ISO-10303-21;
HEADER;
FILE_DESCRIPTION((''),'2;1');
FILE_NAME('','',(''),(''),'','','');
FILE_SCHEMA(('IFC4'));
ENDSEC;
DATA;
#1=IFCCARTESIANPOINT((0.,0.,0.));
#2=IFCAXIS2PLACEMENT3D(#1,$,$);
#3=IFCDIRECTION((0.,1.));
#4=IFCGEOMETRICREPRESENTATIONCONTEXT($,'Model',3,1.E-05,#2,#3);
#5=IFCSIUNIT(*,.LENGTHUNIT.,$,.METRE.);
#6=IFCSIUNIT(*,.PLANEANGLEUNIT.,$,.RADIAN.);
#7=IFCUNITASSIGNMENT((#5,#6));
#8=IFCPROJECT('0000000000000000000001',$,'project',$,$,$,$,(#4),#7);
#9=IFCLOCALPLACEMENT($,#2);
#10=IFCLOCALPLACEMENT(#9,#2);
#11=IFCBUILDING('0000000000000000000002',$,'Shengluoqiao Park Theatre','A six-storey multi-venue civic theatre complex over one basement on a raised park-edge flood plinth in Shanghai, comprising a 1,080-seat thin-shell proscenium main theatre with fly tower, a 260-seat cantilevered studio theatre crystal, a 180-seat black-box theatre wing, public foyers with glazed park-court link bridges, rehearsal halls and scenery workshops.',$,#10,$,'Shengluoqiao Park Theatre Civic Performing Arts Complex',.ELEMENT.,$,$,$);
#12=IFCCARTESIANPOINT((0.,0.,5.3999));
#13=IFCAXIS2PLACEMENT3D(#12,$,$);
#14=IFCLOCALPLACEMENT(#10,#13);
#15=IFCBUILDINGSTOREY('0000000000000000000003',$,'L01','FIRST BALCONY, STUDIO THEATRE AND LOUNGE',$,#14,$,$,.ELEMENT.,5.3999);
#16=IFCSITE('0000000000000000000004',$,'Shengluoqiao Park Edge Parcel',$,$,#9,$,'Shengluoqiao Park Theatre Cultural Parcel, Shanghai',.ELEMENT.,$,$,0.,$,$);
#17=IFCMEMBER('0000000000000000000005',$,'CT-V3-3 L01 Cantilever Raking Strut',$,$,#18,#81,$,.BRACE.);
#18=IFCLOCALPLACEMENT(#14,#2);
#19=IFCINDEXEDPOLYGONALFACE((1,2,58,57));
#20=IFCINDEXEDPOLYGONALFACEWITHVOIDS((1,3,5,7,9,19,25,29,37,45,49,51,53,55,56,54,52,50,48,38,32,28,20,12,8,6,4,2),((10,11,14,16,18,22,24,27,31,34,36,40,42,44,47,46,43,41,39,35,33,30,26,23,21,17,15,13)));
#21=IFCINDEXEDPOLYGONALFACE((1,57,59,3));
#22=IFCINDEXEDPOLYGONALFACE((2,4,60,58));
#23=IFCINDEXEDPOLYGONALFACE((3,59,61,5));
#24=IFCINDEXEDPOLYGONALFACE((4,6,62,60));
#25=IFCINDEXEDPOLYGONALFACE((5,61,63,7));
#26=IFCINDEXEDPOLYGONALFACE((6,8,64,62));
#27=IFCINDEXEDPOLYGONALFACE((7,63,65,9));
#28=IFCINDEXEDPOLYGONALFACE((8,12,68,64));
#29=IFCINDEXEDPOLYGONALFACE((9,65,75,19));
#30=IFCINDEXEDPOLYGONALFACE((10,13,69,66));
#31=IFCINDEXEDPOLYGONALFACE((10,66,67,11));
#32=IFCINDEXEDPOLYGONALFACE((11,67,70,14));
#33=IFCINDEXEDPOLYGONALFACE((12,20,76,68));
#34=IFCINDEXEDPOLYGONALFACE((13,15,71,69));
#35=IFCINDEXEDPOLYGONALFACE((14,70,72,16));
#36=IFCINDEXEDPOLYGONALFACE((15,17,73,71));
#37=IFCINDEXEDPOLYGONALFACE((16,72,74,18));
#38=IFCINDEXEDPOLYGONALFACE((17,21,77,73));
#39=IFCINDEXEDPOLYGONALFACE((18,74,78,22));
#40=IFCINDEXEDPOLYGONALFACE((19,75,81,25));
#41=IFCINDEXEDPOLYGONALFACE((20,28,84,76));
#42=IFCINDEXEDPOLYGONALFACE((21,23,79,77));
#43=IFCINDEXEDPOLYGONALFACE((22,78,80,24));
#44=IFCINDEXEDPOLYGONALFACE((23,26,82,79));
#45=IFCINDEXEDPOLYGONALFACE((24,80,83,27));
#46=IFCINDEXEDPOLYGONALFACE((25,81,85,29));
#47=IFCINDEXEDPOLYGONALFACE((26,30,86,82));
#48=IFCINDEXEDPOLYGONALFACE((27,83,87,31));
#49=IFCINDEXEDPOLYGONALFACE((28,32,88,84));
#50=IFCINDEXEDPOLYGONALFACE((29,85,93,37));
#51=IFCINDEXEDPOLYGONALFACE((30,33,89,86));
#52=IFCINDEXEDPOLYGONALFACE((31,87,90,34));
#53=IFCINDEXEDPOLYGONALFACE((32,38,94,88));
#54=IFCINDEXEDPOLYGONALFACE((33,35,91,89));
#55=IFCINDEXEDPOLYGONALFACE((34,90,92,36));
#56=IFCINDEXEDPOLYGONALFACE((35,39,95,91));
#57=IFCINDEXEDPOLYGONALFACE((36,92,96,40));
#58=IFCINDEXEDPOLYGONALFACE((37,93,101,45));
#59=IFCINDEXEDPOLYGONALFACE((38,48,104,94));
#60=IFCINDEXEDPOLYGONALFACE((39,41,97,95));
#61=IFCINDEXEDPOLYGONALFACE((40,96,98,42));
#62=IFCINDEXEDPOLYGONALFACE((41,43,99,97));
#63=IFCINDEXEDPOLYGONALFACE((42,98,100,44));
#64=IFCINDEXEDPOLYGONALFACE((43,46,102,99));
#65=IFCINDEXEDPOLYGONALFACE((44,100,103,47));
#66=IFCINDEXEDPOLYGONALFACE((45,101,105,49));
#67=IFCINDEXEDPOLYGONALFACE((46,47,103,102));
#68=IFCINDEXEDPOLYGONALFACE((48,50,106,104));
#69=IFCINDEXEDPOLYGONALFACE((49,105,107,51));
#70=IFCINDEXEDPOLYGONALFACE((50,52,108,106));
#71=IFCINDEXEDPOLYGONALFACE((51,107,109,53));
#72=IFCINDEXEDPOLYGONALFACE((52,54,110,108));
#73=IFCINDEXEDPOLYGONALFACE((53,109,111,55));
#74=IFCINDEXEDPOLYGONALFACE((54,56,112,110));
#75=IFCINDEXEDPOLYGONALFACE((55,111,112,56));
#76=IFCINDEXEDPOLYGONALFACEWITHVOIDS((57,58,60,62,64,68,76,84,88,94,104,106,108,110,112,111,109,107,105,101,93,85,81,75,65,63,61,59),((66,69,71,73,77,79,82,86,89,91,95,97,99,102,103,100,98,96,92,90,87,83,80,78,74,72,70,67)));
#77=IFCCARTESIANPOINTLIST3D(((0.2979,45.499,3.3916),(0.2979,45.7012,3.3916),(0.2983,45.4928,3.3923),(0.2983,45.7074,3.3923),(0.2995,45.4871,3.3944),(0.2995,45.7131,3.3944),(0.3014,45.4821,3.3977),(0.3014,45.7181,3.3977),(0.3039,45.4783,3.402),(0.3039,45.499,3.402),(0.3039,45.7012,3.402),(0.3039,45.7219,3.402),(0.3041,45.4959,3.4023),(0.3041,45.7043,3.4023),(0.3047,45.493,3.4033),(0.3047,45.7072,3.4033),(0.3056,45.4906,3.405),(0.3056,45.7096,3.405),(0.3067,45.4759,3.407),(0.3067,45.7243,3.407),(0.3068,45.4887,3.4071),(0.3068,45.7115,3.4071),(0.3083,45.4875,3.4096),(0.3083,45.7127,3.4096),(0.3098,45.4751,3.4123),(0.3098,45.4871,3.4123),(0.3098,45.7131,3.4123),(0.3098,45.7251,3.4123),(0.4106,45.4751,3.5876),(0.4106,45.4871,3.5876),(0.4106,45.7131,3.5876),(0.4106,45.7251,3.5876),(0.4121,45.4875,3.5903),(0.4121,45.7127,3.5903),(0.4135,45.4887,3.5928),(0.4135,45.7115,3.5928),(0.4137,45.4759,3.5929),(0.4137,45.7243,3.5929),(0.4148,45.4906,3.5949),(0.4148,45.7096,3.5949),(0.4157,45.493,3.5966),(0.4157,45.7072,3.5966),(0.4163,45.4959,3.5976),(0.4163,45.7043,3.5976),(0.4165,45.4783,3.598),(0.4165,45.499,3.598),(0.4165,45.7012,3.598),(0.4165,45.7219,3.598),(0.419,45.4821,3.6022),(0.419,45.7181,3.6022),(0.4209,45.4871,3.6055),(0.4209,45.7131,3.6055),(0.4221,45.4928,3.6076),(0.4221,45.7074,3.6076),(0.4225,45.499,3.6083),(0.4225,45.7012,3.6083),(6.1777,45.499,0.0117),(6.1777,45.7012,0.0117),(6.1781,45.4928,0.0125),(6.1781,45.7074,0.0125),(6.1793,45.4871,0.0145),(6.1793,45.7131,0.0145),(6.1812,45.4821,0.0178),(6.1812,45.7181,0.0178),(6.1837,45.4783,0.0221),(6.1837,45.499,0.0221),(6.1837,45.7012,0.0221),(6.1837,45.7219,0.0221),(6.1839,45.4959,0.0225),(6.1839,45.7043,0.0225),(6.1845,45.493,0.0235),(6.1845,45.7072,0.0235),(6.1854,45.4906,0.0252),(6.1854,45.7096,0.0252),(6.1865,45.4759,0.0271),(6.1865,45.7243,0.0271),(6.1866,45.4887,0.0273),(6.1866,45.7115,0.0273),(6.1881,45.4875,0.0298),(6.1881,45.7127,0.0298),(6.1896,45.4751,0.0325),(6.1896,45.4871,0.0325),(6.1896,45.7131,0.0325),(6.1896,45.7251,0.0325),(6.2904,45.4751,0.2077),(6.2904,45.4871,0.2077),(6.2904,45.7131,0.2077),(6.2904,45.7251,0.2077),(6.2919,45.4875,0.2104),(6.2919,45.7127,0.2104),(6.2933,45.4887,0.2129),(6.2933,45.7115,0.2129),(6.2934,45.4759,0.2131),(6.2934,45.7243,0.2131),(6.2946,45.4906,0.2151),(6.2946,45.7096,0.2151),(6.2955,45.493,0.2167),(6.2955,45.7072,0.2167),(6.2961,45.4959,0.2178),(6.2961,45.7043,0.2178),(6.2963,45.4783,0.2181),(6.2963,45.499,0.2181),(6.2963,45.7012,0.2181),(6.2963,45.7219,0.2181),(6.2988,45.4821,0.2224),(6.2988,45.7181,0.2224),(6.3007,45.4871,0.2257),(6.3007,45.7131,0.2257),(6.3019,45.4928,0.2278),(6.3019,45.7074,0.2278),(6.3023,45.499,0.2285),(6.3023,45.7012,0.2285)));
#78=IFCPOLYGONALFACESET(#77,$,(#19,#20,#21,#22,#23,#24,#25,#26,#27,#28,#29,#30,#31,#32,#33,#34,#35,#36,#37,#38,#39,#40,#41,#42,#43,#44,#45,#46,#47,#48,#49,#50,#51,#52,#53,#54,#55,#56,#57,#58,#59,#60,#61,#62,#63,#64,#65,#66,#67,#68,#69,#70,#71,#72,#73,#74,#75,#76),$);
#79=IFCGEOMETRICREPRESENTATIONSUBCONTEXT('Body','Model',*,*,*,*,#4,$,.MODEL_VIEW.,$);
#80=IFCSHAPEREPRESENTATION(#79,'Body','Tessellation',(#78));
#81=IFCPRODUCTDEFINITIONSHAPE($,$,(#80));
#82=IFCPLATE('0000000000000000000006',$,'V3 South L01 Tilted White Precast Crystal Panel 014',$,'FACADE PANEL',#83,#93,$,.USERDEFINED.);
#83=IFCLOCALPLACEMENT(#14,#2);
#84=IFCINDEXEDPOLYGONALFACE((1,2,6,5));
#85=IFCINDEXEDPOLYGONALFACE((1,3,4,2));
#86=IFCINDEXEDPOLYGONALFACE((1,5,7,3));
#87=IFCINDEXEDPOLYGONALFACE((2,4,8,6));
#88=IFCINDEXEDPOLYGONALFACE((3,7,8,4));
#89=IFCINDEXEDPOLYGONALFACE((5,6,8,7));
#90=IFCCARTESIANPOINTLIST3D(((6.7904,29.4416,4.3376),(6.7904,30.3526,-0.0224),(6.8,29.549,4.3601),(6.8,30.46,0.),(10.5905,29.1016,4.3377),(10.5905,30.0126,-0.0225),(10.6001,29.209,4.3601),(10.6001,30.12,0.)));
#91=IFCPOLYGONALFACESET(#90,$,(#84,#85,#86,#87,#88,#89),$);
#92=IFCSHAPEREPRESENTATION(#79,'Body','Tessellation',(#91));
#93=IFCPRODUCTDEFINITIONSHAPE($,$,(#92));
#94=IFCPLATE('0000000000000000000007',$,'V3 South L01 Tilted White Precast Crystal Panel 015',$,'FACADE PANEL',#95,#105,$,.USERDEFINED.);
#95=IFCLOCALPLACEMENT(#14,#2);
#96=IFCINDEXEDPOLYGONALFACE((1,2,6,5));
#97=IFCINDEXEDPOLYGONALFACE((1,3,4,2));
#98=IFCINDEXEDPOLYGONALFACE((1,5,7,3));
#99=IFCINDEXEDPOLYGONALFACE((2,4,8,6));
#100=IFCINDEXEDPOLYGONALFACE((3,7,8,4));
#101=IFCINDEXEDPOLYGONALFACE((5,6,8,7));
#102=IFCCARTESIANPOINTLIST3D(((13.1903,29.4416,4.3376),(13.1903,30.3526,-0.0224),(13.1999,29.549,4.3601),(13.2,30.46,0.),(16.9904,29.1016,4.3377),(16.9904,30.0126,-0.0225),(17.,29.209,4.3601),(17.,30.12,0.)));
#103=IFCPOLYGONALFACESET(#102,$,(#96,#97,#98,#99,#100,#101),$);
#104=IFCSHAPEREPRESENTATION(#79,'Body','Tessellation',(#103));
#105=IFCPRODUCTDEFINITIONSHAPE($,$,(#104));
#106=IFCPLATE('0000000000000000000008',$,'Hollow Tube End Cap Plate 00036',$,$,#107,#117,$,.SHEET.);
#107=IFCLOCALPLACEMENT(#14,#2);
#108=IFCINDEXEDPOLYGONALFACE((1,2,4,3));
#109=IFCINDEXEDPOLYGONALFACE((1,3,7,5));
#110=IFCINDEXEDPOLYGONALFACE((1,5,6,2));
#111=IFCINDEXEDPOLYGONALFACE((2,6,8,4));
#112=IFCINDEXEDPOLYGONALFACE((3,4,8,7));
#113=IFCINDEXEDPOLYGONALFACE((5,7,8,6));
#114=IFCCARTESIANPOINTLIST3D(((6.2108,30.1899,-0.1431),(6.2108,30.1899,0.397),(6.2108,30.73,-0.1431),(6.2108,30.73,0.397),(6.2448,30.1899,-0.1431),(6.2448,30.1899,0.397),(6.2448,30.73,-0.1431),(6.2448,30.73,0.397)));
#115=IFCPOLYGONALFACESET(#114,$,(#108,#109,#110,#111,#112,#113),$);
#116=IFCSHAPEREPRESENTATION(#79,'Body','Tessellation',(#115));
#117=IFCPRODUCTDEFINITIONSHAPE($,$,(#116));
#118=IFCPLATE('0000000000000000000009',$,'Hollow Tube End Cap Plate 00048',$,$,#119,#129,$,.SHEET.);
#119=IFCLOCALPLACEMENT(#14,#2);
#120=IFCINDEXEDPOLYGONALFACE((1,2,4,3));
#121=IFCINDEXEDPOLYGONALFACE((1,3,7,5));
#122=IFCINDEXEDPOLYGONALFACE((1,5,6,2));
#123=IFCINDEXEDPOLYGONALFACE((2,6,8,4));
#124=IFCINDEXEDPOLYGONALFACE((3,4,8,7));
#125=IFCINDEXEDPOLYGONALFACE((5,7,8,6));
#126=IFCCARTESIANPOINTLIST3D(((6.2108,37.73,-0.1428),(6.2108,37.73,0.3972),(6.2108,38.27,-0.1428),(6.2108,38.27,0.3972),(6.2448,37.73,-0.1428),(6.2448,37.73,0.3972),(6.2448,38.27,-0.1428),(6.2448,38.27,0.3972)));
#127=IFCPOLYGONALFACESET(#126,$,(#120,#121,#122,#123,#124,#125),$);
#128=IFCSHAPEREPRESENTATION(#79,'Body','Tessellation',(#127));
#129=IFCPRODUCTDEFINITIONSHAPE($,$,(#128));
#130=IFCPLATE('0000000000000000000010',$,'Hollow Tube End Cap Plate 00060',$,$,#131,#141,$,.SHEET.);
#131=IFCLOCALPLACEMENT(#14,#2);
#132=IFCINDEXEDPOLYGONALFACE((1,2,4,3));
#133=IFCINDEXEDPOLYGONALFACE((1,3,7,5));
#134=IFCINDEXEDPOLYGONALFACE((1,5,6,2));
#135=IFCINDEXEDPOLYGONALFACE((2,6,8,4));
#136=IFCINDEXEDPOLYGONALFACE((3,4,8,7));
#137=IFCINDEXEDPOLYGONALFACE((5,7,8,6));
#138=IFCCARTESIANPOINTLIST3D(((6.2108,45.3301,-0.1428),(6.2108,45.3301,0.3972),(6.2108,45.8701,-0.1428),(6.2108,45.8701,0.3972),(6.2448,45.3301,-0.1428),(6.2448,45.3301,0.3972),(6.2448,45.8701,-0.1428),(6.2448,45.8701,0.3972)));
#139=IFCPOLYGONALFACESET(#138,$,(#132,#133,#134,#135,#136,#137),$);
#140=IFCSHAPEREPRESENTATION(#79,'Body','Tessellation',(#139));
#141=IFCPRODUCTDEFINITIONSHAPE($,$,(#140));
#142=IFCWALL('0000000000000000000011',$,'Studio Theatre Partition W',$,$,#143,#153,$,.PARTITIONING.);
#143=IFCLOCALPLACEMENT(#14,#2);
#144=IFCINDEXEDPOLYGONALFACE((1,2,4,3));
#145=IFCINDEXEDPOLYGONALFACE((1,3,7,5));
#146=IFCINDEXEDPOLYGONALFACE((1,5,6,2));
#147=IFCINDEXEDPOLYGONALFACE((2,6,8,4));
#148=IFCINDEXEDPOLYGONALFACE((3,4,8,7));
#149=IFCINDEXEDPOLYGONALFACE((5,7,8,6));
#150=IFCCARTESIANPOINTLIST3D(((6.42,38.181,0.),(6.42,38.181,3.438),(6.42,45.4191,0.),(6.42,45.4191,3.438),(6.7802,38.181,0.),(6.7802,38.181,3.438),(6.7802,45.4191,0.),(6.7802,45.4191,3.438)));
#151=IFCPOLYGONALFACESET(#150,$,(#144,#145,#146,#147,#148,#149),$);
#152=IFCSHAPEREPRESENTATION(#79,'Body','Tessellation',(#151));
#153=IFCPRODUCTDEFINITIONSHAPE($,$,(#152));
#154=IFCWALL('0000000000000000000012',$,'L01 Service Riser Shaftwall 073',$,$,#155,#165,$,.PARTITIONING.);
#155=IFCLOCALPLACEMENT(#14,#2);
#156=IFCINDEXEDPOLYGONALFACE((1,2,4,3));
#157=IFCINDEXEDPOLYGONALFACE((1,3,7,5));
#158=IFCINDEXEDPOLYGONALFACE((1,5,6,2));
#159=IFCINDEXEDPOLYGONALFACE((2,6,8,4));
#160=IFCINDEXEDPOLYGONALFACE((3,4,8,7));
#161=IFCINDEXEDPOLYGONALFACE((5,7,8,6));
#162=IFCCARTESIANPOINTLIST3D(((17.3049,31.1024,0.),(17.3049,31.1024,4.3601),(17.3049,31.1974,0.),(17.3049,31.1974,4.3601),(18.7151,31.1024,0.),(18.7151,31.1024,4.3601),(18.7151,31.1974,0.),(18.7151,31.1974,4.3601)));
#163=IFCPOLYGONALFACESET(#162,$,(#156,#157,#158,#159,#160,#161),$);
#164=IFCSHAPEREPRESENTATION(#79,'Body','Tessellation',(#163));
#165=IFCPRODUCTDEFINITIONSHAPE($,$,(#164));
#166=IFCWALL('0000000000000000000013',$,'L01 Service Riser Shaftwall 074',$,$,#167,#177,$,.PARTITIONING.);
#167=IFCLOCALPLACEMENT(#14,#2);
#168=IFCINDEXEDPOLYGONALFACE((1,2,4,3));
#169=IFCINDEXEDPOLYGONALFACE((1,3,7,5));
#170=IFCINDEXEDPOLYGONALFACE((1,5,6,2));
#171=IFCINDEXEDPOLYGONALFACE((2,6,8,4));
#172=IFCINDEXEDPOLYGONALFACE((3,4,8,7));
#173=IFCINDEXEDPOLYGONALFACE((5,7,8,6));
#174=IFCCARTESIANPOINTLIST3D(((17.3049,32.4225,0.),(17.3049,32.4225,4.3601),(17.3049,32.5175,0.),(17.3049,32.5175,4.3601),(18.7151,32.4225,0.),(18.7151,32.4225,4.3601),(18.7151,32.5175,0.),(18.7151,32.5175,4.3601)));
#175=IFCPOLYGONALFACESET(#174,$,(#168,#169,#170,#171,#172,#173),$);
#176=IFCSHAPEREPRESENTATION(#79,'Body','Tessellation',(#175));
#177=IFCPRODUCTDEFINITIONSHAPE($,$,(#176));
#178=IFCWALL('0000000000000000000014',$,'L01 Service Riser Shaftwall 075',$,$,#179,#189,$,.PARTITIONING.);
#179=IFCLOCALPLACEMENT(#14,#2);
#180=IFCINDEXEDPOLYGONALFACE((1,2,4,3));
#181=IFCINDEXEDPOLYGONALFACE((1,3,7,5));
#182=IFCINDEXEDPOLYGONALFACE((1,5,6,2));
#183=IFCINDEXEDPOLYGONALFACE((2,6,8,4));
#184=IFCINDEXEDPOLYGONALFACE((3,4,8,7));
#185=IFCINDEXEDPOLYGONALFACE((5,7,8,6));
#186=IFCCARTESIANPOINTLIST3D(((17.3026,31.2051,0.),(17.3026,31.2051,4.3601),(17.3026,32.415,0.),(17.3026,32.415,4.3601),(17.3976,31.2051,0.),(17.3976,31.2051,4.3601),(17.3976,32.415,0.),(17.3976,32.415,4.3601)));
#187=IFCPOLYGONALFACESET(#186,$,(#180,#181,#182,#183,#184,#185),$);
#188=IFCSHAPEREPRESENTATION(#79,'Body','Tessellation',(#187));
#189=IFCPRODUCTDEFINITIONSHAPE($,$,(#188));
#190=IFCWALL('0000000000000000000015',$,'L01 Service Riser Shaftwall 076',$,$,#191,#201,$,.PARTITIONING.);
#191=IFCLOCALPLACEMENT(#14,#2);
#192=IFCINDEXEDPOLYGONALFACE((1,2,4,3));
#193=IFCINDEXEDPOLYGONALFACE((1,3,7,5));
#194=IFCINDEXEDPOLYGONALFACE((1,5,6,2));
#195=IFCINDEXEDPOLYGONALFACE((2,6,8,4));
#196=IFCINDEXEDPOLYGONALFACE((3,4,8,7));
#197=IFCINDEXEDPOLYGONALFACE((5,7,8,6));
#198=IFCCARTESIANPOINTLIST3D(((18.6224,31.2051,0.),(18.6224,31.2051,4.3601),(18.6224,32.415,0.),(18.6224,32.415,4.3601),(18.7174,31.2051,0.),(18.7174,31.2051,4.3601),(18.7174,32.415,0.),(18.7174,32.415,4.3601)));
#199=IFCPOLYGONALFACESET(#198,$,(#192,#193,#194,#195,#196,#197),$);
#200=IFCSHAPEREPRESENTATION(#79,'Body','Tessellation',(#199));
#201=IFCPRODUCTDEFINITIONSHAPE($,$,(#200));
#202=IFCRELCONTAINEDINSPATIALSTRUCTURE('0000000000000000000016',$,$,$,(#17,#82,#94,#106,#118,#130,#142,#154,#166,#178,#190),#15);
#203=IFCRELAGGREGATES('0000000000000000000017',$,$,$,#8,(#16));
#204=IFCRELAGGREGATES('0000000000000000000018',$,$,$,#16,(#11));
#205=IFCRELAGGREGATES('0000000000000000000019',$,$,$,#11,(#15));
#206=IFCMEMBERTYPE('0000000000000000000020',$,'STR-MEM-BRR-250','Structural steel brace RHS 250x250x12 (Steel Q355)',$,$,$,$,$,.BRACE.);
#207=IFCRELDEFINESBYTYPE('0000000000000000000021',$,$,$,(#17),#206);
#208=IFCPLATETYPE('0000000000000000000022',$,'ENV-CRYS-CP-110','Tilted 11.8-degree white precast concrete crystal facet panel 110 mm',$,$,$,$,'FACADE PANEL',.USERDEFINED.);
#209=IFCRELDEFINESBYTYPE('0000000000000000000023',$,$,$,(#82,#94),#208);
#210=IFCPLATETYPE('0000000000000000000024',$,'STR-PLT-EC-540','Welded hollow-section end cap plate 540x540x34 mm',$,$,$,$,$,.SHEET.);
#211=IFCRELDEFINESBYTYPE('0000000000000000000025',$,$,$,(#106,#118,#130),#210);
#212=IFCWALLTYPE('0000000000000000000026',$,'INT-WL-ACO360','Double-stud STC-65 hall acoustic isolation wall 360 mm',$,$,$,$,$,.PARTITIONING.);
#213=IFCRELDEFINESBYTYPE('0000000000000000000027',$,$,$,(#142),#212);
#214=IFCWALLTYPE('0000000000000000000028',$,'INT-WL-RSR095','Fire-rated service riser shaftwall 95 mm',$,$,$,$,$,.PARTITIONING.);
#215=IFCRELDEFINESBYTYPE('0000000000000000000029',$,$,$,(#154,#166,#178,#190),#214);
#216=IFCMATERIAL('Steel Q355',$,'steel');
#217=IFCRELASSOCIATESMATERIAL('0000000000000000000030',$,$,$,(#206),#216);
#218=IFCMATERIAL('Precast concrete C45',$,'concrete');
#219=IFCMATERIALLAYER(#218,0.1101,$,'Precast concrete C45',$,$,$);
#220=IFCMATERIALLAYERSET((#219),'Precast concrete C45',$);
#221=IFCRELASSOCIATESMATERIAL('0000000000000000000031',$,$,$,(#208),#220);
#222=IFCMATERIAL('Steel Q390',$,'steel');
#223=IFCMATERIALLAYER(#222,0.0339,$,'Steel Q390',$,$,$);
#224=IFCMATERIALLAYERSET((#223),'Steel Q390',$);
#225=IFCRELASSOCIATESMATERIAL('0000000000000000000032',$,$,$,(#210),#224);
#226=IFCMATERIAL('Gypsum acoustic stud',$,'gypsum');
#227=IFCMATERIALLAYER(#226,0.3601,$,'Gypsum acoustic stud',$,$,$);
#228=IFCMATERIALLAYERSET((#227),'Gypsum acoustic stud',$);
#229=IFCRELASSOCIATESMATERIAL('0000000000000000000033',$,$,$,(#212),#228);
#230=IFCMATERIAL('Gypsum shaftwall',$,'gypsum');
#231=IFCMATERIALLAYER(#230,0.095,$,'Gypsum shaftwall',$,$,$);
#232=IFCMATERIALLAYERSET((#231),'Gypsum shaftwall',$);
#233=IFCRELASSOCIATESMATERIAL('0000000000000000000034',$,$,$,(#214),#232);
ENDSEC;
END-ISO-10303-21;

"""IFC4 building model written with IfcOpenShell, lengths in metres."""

from ifc_helpers import new_model, si_unit, direction, frame, frame_2d, origin, origin_2d, place, context, subcontext, project, spatial, polyline, rectangle, hollow_rectangle, outline, extrude, material, layer, layer_set, material_profile, profile_set, type_object, element, save


model = new_model("IFC4")

# Units and contexts
model_context = context("Model", 3, precision=1e-05, world=origin(), true_north=direction((0.0, 1.0)))
body_context = subcontext(model_context, "Body", "Model", "MODEL_VIEW")
ifc_project = project(units=[si_unit("LENGTHUNIT", "METRE"), si_unit("PLANEANGLEUNIT", "RADIAN")], contexts=[model_context])

# Site, building, storey
site_placement = place(None, origin())
site = spatial("IfcSite", under=ifc_project, at=site_placement, Name="Shengluoqiao Park Edge Parcel", LongName="Shengluoqiao Park Theatre Cultural Parcel, Shanghai", CompositionType="ELEMENT", RefElevation=0.0)
building_placement = place(site_placement, origin())
building = spatial("IfcBuilding", under=site, at=building_placement, Name="Shengluoqiao Park Theatre", Description="A six-storey multi-venue civic theatre complex over one basement on a raised park-edge flood plinth in Shanghai, comprising a 1,080-seat thin-shell proscenium main theatre with fly tower, a 260-seat cantilevered studio theatre crystal, a 180-seat black-box theatre wing, public foyers with glazed park-court link bridges, rehearsal halls and scenery workshops.", LongName="Shengluoqiao Park Theatre Civic Performing Arts Complex", CompositionType="ELEMENT")
storey_placement = place(building_placement, frame((0.0, 0.0, 5.3999)))
storey = spatial("IfcBuildingStorey", under=building, at=storey_placement, Name="L01", Description="FIRST BALCONY, STUDIO THEATRE AND LOUNGE", CompositionType="ELEMENT", Elevation=5.3999)

# Shared definitions
ifc_material_1 = material(Name="Steel Q355", Category="steel")

# Shared definitions
ifc_material_2 = material(Name="Steel Q390", Category="steel")

# Member
ifc_material_profile_1 = material_profile(ifc_material_1, hollow_rectangle(XDim=0.25, YDim=0.25, WallThickness=0.012, InnerFilletRadius=0.012, OuterFilletRadius=0.0239, at=origin_2d()), Name="RHS 250x250x12")
ifc_profile_set_1 = profile_set([ifc_material_profile_1], Name="Steel Q355")
member_type = type_object("IfcMemberType", Name="STR-MEM-BRR-250", Description="Structural steel brace RHS 250x250x12 (Steel Q355)", PredefinedType="BRACE", material=ifc_profile_set_1)
for number, where, z_axis, x_axis, name in (
    (1, (6.24, 45.6001, 0.1201), (-0.866973, 0.0, 0.498355), (0.0, -1.0, 0.0), "CT-V3-3 L01 Cantilever Raking Strut"),
):
    element("IfcMember", number, at=place(storey_placement, frame(where, z_axis=z_axis, x_axis=x_axis)), inside=storey, type_object=member_type, Name=name, PredefinedType="BRACE", context=body_context, shape_type="SweptSolid", body=[
        extrude(hollow_rectangle(XDim=0.25, YDim=0.25, WallThickness=0.012, InnerFilletRadius=0.012, OuterFilletRadius=0.0239, at=origin_2d()), origin(), (0.0, 0.0, 1.0), 6.782),
    ])

# Plates
ifc_material_3 = material(Name="Precast concrete C45", Category="concrete")
ifc_layer_1 = layer(ifc_material_3, 0.1101, Name="Precast concrete C45")
ifc_layer_set_1 = layer_set([ifc_layer_1], Name="Precast concrete C45")
plate_type_1 = type_object("IfcPlateType", Name="ENV-CRYS-CP-110", Description="Tilted 11.8-degree white precast concrete crystal facet panel 110 mm", ElementType="FACADE PANEL", PredefinedType="USERDEFINED", material=ifc_layer_set_1)
for number, where, z_axis, x_axis, name in (
    (2, (6.8, 30.46, 0.0), (0.087239, 0.975129, 0.203746), (0.996022, -0.089106, -0.000006), "V3 South L01 Tilted White Precast Crystal Panel 014"),
    (3, (13.2, 30.46, 0.0), (0.087239, 0.975129, 0.203746), (0.996022, -0.089106, -0.000006), "V3 South L01 Tilted White Precast Crystal Panel 015"),
):
    element("IfcPlate", number, at=place(storey_placement, frame(where, z_axis=z_axis, x_axis=x_axis)), inside=storey, type_object=plate_type_1, Name=name, ObjectType="FACADE PANEL", PredefinedType="USERDEFINED", context=body_context, shape_type="SweptSolid", body=[
        extrude(outline(polyline([(0.0, 0.0), (3.8152, 0.0), (3.8964, -4.4536), (0.0811, -4.4535), (0.0, 0.0)])), origin(), (0.0, 0.0, -1.0), 0.1101),
    ])
ifc_layer_2 = layer(ifc_material_2, 0.0339, Name="Steel Q390")
ifc_layer_set_2 = layer_set([ifc_layer_2], Name="Steel Q390")
plate_type_2 = type_object("IfcPlateType", Name="STR-PLT-EC-540", Description="Welded hollow-section end cap plate 540x540x34 mm", PredefinedType="SHEET", material=ifc_layer_set_2)
for number, where, z_axis, x_axis, name in (
    (4, (6.2278, 30.46, -0.1431), (0.0, 0.0, 1.0), (-1.0, 0.0, 0.0), "Hollow Tube End Cap Plate 00036"),
    (5, (6.2278, 38.0, -0.1428), (0.0, 0.0, 1.0), (-1.0, 0.0, 0.0), "Hollow Tube End Cap Plate 00048"),
    (6, (6.2278, 45.6001, -0.1428), (0.0, 0.0, 1.0), (-1.0, 0.0, 0.0), "Hollow Tube End Cap Plate 00060"),
):
    element("IfcPlate", number, at=place(storey_placement, frame(where, z_axis=z_axis, x_axis=x_axis)), inside=storey, type_object=plate_type_2, Name=name, PredefinedType="SHEET", context=body_context, shape_type="SweptSolid", body=[
        extrude(rectangle(XDim=0.0339, YDim=0.54, at=origin_2d()), origin(), (0.0, 0.0, 1.0), 0.54),
    ])

# Shared definitions
ifc_material_4 = material(Name="Gypsum acoustic stud", Category="gypsum")
ifc_layer_3 = layer(ifc_material_4, 0.3601, Name="Gypsum acoustic stud")
ifc_layer_set_3 = layer_set([ifc_layer_3], Name="Gypsum acoustic stud")
wall_type_1 = type_object("IfcWallType", Name="INT-WL-ACO360", Description="Double-stud STC-65 hall acoustic isolation wall 360 mm", PredefinedType="PARTITIONING", material=ifc_layer_set_3)

# Walls
wall_1_placement = place(storey_placement, frame((6.6001, 38.1809, 0.0), z_axis=(0.0, 0.0, 1.0), x_axis=(0.0, 1.0, 0.0)))
element("IfcWall", 7, at=wall_1_placement, inside=storey, type_object=wall_type_1, Name="Studio Theatre Partition W", PredefinedType="PARTITIONING", context=body_context, shape_type="SweptSolid", body=[
    extrude(rectangle(XDim=7.238, YDim=0.3601, at=frame_2d((3.6191, 0.0))), origin(), (0.0, 0.0, 1.0), 3.438),
])
ifc_material_5 = material(Name="Gypsum shaftwall", Category="gypsum")
ifc_layer_4 = layer(ifc_material_5, 0.095, Name="Gypsum shaftwall")
ifc_layer_set_4 = layer_set([ifc_layer_4], Name="Gypsum shaftwall")
wall_type_2 = type_object("IfcWallType", Name="INT-WL-RSR095", Description="Fire-rated service riser shaftwall 95 mm", PredefinedType="PARTITIONING", material=ifc_layer_set_4)
for number, where, z_axis, x_axis, name in (
    (8, (17.3049, 31.1499, 0.0), (0.0, 0.0, 1.0), (1.0, 0.0, 0.0), "L01 Service Riser Shaftwall 073"),
    (9, (17.3049, 32.47, 0.0), (0.0, 0.0, 1.0), (1.0, 0.0, 0.0), "L01 Service Riser Shaftwall 074"),
):
    element("IfcWall", number, at=place(storey_placement, frame(where, z_axis=z_axis, x_axis=x_axis)), inside=storey, type_object=wall_type_2, Name=name, PredefinedType="PARTITIONING", context=body_context, shape_type="SweptSolid", body=[
        extrude(rectangle(XDim=1.4102, YDim=0.095, at=frame_2d((0.7051, 0.0))), origin(), (0.0, 0.0, 1.0), 4.3601),
    ])
for number, where, z_axis, x_axis, name in (
    (10, (17.3501, 31.2051, 0.0), (0.0, 0.0, 1.0), (0.0, 1.0, 0.0), "L01 Service Riser Shaftwall 075"),
    (11, (18.6699, 31.2051, 0.0), (0.0, 0.0, 1.0), (0.0, 1.0, 0.0), "L01 Service Riser Shaftwall 076"),
):
    element("IfcWall", number, at=place(storey_placement, frame(where, z_axis=z_axis, x_axis=x_axis)), inside=storey, type_object=wall_type_2, Name=name, PredefinedType="PARTITIONING", context=body_context, shape_type="SweptSolid", body=[
        extrude(rectangle(XDim=1.21, YDim=0.095, at=frame_2d((0.605, 0.0))), origin(), (0.0, 0.0, 1.0), 4.3601),
    ])

save(model, "model.ifc")
